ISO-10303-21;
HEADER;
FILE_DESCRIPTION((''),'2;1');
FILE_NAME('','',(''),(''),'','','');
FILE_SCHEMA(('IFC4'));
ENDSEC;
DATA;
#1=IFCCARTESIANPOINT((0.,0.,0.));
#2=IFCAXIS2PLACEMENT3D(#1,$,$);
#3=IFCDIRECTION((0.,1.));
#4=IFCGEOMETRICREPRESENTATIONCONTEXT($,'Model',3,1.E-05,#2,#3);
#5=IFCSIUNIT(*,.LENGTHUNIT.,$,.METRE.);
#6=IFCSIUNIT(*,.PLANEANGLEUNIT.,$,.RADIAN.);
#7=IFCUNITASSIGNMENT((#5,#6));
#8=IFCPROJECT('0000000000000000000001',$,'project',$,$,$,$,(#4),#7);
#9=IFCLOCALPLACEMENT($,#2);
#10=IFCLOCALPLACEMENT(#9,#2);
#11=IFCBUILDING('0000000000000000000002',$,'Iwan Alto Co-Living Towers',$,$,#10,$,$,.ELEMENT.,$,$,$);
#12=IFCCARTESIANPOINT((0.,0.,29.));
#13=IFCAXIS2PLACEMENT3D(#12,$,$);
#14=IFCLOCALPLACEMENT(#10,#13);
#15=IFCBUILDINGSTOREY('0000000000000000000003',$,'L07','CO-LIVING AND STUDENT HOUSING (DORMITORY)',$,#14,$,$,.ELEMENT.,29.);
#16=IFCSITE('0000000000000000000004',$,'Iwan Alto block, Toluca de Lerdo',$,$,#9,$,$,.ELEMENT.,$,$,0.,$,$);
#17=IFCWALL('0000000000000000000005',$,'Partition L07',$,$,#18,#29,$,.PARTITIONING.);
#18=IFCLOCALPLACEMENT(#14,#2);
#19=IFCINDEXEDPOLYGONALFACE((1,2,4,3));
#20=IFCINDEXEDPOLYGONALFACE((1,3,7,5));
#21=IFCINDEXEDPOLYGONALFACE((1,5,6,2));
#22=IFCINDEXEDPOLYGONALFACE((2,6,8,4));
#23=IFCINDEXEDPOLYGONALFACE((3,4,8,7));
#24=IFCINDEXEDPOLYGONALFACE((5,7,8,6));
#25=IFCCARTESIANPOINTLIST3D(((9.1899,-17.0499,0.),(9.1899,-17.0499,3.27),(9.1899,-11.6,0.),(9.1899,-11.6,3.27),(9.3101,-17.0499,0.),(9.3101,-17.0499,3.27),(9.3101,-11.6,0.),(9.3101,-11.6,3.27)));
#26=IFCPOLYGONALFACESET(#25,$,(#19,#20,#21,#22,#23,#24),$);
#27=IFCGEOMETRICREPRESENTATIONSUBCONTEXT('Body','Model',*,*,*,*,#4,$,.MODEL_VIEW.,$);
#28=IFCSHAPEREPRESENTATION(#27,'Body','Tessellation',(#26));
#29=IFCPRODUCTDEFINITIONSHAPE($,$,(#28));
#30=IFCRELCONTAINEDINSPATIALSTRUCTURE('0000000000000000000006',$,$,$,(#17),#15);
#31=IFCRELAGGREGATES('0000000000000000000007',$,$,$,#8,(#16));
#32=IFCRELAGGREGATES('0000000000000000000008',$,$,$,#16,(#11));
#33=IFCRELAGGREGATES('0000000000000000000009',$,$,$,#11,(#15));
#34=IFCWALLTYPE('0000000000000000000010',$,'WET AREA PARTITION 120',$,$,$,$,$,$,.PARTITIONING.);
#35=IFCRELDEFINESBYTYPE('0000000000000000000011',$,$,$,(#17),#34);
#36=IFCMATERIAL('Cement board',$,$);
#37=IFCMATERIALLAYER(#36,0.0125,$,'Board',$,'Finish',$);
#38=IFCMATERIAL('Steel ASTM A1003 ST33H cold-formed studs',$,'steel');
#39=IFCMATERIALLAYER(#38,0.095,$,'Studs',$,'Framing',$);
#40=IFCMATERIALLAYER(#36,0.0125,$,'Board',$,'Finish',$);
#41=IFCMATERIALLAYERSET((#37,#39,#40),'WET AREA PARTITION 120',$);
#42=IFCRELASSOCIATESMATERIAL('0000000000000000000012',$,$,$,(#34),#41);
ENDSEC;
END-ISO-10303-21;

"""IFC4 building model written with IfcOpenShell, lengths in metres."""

from ifc_helpers import new_model, si_unit, direction, frame, frame_2d, origin, place, context, subcontext, project, spatial, rectangle, extrude, material, layer, layer_set, type_object, element, save


model = new_model("IFC4")

# Units and contexts
model_context = context("Model", 3, precision=1e-05, world=origin(), true_north=direction((0.0, 1.0)))
body_context = subcontext(model_context, "Body", "Model", "MODEL_VIEW")
ifc_project = project(units=[si_unit("LENGTHUNIT", "METRE"), si_unit("PLANEANGLEUNIT", "RADIAN")], contexts=[model_context])

# Site, building, storey
site_placement = place(None, origin())
site = spatial("IfcSite", under=ifc_project, at=site_placement, Name="Iwan Alto block, Toluca de Lerdo", CompositionType="ELEMENT", RefElevation=0.0)
building_placement = place(site_placement, origin())
building = spatial("IfcBuilding", under=site, at=building_placement, Name="Iwan Alto Co-Living Towers", CompositionType="ELEMENT")
storey_placement = place(building_placement, frame((0.0, 0.0, 29.0)))
storey = spatial("IfcBuildingStorey", under=building, at=storey_placement, Name="L07", Description="CO-LIVING AND STUDENT HOUSING (DORMITORY)", CompositionType="ELEMENT", Elevation=29.0)

# Shared definitions
ifc_material_1 = material(Name="Steel ASTM A1003 ST33H cold-formed studs", Category="steel")

# Wall
ifc_material_2 = material(Name="Cement board")
ifc_layer_1 = layer(ifc_material_2, 0.0125, Name="Board", Category="Finish")
ifc_layer_2 = layer(ifc_material_1, 0.095, Name="Studs", Category="Framing")
ifc_layer_3 = layer(ifc_material_2, 0.0125, Name="Board", Category="Finish")
ifc_layer_set_1 = layer_set([ifc_layer_1, ifc_layer_2, ifc_layer_3], Name="WET AREA PARTITION 120")
wall_type_1 = type_object("IfcWallType", Name="WET AREA PARTITION 120", PredefinedType="PARTITIONING", material=ifc_layer_set_1)
wall_1_placement = place(storey_placement, frame((9.25, -17.05, 0.0), z_axis=(0.0, 0.0, 1.0), x_axis=(0.0, 1.0, 0.0)))
element("IfcWall", 1, at=wall_1_placement, inside=storey, type_object=wall_type_1, Name="Partition L07", PredefinedType="PARTITIONING", context=body_context, shape_type="SweptSolid", body=[
    extrude(rectangle(XDim=5.45, YDim=0.1201, at=frame_2d((2.7251, 0.0))), origin(), (0.0, 0.0, 1.0), 3.27),
])

save(model, "model.ifc")
